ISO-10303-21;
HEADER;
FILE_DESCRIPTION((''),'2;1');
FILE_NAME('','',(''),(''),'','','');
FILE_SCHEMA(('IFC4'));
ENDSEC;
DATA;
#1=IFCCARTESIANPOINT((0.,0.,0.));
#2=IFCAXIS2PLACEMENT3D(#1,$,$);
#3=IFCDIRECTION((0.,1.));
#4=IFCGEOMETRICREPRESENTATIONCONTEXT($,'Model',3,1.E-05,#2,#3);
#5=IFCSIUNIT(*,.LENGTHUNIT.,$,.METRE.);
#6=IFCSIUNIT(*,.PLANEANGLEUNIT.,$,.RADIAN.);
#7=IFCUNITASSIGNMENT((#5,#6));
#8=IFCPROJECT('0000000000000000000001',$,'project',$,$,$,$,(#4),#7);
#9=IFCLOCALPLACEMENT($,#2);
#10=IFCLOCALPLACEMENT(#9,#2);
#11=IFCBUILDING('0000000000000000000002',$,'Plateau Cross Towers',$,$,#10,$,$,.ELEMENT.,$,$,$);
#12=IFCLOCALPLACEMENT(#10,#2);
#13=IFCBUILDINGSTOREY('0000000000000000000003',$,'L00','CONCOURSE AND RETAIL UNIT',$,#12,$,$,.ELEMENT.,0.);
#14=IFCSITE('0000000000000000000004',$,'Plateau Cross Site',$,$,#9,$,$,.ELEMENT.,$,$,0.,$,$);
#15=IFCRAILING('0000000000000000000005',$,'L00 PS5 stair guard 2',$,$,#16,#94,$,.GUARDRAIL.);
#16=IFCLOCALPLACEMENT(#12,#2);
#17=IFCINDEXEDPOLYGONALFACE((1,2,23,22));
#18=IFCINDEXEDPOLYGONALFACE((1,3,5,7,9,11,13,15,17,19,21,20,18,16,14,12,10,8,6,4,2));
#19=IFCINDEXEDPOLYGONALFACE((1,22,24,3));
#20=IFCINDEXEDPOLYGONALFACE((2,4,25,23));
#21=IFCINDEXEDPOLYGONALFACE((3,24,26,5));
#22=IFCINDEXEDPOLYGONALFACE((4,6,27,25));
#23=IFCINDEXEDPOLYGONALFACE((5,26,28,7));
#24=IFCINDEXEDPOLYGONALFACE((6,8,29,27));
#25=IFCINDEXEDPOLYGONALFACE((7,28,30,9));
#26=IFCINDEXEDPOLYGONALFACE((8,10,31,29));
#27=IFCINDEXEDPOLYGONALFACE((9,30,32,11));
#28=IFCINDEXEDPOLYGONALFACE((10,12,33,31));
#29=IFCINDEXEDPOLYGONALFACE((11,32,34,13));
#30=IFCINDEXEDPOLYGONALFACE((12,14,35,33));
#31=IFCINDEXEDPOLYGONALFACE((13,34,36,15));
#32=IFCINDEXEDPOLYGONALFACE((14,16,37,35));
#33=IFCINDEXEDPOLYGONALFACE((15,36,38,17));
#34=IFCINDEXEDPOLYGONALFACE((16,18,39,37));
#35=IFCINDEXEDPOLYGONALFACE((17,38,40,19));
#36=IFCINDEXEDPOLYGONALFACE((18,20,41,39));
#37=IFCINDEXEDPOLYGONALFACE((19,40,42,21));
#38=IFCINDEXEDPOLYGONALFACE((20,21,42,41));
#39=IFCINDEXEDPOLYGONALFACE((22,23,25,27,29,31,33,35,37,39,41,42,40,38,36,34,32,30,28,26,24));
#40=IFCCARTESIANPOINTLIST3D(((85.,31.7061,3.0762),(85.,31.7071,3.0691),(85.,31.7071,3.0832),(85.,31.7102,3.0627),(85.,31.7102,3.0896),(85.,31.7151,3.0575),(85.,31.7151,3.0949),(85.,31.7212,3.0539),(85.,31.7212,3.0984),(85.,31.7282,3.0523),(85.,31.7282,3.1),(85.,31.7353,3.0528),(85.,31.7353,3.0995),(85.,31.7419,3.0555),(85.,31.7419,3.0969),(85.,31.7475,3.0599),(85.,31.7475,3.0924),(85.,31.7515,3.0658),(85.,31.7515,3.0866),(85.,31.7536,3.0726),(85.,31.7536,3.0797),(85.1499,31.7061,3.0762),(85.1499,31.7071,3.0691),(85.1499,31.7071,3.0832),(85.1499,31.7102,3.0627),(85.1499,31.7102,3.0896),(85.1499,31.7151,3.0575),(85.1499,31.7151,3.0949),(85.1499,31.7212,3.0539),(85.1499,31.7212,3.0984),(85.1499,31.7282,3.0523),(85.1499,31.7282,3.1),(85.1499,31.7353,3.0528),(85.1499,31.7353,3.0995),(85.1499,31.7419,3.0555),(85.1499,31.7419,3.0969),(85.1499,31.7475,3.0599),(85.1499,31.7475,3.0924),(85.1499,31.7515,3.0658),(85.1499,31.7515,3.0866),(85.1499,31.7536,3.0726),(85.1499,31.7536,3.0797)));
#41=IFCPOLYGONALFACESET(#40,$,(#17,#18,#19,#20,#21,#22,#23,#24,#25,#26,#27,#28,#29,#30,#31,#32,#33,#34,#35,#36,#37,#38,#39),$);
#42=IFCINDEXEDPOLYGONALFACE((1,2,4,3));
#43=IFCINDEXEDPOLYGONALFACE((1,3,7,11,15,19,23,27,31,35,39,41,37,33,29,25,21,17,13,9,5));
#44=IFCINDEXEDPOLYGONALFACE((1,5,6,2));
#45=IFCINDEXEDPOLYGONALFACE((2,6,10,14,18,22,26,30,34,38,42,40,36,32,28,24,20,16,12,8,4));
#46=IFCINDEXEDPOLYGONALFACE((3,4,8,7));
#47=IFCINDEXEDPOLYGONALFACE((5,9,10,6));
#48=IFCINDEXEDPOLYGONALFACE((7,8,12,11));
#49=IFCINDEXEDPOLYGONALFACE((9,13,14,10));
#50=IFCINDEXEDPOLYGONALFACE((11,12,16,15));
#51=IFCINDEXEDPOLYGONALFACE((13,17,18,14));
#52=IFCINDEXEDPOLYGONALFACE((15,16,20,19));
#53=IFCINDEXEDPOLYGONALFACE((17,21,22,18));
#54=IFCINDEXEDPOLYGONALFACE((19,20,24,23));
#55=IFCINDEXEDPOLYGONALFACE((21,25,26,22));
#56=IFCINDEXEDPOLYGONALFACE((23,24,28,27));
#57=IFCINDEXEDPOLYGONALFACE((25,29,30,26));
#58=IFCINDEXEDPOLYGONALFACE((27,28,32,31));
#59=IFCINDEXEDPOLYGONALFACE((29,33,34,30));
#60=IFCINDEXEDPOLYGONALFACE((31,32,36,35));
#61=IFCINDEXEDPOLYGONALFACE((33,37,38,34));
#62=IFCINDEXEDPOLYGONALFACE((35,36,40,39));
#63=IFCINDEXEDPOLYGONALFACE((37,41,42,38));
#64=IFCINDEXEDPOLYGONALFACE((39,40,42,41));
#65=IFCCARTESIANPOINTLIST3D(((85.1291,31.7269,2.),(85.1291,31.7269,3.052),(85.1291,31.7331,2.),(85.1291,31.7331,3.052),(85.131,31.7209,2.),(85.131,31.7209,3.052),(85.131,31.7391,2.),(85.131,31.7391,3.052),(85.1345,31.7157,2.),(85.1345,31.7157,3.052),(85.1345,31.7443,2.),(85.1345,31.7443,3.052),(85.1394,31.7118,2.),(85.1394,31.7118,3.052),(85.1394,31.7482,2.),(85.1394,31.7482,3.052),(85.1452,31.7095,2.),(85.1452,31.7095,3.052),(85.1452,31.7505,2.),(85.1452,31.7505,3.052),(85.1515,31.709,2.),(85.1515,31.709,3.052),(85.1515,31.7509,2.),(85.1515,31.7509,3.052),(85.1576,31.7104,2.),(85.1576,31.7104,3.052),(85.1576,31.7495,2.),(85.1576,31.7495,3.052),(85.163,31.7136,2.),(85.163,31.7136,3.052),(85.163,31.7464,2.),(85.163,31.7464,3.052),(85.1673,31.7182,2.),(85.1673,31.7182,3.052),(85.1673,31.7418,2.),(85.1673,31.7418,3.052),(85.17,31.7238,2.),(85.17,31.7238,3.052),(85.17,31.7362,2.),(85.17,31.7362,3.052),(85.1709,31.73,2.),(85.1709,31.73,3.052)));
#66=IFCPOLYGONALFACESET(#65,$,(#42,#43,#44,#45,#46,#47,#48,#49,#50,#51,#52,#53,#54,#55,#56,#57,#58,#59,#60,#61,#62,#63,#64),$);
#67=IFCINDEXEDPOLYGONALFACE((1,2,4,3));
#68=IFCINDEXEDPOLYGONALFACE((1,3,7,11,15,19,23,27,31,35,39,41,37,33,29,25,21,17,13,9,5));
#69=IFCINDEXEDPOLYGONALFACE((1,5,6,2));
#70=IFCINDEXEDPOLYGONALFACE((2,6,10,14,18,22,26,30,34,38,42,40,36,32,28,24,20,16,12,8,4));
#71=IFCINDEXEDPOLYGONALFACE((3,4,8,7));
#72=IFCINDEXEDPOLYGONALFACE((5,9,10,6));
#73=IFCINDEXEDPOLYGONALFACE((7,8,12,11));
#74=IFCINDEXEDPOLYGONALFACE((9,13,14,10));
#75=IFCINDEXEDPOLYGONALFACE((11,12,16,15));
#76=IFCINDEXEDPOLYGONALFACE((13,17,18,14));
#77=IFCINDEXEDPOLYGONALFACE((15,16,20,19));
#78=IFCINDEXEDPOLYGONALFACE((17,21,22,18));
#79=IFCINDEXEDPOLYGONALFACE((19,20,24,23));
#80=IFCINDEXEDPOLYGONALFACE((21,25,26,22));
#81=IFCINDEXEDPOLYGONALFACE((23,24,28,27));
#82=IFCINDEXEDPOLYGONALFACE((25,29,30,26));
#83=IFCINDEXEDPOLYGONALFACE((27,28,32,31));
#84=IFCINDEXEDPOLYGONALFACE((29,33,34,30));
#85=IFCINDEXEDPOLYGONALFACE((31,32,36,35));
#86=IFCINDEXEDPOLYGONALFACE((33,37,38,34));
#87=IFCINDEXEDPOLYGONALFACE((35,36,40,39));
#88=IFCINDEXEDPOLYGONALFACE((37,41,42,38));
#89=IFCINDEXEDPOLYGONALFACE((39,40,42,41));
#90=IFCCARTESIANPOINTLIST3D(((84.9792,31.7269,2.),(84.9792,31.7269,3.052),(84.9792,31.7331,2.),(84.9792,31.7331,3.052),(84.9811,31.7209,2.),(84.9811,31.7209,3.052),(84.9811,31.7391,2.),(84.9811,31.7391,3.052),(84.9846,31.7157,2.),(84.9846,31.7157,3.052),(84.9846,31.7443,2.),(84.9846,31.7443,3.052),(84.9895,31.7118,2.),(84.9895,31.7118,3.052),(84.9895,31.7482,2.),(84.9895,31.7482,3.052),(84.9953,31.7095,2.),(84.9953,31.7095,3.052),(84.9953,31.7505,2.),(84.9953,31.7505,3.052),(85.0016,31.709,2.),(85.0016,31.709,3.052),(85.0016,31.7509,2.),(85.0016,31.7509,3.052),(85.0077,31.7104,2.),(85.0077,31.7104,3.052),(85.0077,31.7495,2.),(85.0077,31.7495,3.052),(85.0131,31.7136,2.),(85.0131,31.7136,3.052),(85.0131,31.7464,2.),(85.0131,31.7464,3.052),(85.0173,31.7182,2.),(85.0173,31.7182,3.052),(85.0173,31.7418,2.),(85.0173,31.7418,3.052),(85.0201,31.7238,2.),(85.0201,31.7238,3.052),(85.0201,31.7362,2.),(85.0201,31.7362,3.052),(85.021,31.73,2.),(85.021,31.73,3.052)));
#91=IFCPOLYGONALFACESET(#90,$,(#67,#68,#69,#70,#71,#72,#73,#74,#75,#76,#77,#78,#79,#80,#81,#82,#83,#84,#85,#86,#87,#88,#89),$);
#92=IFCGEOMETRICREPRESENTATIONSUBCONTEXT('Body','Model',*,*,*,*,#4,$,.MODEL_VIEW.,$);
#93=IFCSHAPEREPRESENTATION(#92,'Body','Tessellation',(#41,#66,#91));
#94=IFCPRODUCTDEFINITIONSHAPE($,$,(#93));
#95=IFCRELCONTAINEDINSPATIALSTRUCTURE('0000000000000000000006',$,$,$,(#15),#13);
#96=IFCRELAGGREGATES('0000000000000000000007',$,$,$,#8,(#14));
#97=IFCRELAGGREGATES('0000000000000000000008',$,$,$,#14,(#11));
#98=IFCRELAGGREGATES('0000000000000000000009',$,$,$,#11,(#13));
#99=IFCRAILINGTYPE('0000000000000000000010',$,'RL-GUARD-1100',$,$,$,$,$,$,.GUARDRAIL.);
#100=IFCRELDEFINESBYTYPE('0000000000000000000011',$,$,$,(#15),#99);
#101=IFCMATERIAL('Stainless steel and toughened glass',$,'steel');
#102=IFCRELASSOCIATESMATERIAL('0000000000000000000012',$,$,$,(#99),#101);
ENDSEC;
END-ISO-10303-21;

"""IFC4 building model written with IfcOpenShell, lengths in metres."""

from ifc_helpers import new_model, si_unit, direction, frame, origin, origin_2d, place, context, subcontext, project, spatial, circle, extrude, material, type_object, element, save


model = new_model("IFC4")

# Units and contexts
model_context = context("Model", 3, precision=1e-05, world=origin(), true_north=direction((0.0, 1.0)))
body_context = subcontext(model_context, "Body", "Model", "MODEL_VIEW")
ifc_project = project(units=[si_unit("LENGTHUNIT", "METRE"), si_unit("PLANEANGLEUNIT", "RADIAN")], contexts=[model_context])

# Site, building, storey
site_placement = place(None, origin())
site = spatial("IfcSite", under=ifc_project, at=site_placement, Name="Plateau Cross Site", CompositionType="ELEMENT", RefElevation=0.0)
building_placement = place(site_placement, origin())
building = spatial("IfcBuilding", under=site, at=building_placement, Name="Plateau Cross Towers", CompositionType="ELEMENT")
storey_placement = place(building_placement, origin())
storey = spatial("IfcBuildingStorey", under=building, at=storey_placement, Name="L00", Description="CONCOURSE AND RETAIL UNIT", CompositionType="ELEMENT", Elevation=0.0)

# Railing
ifc_material_1 = material(Name="Stainless steel and toughened glass", Category="steel")
railing_type_1 = type_object("IfcRailingType", Name="RL-GUARD-1100", PredefinedType="GUARDRAIL", material=ifc_material_1)
railing_1_placement = place(storey_placement, frame((85.1499, 31.73, 2.0)))
element("IfcRailing", 1, at=railing_1_placement, inside=storey, type_object=railing_type_1, Name="L00 PS5 stair guard 2", PredefinedType="GUARDRAIL", context=body_context, shape_type="SweptSolid", body=[
    extrude(circle(Radius=0.0239, at=origin_2d()), frame((0.0, 0.0, 1.0762), z_axis=(-1.0, 0.0, 0.0), x_axis=(0.0, -1.0, 0.0)), (0.0, 0.0, 1.0), 0.1499),
    extrude(circle(Radius=0.021, at=origin_2d()), origin(), (0.0, 0.0, 1.0), 1.052),
    extrude(circle(Radius=0.021, at=origin_2d()), frame((-0.1499, 0.0, 0.0)), (0.0, 0.0, 1.0), 1.052),
])

save(model, "model.ifc")
